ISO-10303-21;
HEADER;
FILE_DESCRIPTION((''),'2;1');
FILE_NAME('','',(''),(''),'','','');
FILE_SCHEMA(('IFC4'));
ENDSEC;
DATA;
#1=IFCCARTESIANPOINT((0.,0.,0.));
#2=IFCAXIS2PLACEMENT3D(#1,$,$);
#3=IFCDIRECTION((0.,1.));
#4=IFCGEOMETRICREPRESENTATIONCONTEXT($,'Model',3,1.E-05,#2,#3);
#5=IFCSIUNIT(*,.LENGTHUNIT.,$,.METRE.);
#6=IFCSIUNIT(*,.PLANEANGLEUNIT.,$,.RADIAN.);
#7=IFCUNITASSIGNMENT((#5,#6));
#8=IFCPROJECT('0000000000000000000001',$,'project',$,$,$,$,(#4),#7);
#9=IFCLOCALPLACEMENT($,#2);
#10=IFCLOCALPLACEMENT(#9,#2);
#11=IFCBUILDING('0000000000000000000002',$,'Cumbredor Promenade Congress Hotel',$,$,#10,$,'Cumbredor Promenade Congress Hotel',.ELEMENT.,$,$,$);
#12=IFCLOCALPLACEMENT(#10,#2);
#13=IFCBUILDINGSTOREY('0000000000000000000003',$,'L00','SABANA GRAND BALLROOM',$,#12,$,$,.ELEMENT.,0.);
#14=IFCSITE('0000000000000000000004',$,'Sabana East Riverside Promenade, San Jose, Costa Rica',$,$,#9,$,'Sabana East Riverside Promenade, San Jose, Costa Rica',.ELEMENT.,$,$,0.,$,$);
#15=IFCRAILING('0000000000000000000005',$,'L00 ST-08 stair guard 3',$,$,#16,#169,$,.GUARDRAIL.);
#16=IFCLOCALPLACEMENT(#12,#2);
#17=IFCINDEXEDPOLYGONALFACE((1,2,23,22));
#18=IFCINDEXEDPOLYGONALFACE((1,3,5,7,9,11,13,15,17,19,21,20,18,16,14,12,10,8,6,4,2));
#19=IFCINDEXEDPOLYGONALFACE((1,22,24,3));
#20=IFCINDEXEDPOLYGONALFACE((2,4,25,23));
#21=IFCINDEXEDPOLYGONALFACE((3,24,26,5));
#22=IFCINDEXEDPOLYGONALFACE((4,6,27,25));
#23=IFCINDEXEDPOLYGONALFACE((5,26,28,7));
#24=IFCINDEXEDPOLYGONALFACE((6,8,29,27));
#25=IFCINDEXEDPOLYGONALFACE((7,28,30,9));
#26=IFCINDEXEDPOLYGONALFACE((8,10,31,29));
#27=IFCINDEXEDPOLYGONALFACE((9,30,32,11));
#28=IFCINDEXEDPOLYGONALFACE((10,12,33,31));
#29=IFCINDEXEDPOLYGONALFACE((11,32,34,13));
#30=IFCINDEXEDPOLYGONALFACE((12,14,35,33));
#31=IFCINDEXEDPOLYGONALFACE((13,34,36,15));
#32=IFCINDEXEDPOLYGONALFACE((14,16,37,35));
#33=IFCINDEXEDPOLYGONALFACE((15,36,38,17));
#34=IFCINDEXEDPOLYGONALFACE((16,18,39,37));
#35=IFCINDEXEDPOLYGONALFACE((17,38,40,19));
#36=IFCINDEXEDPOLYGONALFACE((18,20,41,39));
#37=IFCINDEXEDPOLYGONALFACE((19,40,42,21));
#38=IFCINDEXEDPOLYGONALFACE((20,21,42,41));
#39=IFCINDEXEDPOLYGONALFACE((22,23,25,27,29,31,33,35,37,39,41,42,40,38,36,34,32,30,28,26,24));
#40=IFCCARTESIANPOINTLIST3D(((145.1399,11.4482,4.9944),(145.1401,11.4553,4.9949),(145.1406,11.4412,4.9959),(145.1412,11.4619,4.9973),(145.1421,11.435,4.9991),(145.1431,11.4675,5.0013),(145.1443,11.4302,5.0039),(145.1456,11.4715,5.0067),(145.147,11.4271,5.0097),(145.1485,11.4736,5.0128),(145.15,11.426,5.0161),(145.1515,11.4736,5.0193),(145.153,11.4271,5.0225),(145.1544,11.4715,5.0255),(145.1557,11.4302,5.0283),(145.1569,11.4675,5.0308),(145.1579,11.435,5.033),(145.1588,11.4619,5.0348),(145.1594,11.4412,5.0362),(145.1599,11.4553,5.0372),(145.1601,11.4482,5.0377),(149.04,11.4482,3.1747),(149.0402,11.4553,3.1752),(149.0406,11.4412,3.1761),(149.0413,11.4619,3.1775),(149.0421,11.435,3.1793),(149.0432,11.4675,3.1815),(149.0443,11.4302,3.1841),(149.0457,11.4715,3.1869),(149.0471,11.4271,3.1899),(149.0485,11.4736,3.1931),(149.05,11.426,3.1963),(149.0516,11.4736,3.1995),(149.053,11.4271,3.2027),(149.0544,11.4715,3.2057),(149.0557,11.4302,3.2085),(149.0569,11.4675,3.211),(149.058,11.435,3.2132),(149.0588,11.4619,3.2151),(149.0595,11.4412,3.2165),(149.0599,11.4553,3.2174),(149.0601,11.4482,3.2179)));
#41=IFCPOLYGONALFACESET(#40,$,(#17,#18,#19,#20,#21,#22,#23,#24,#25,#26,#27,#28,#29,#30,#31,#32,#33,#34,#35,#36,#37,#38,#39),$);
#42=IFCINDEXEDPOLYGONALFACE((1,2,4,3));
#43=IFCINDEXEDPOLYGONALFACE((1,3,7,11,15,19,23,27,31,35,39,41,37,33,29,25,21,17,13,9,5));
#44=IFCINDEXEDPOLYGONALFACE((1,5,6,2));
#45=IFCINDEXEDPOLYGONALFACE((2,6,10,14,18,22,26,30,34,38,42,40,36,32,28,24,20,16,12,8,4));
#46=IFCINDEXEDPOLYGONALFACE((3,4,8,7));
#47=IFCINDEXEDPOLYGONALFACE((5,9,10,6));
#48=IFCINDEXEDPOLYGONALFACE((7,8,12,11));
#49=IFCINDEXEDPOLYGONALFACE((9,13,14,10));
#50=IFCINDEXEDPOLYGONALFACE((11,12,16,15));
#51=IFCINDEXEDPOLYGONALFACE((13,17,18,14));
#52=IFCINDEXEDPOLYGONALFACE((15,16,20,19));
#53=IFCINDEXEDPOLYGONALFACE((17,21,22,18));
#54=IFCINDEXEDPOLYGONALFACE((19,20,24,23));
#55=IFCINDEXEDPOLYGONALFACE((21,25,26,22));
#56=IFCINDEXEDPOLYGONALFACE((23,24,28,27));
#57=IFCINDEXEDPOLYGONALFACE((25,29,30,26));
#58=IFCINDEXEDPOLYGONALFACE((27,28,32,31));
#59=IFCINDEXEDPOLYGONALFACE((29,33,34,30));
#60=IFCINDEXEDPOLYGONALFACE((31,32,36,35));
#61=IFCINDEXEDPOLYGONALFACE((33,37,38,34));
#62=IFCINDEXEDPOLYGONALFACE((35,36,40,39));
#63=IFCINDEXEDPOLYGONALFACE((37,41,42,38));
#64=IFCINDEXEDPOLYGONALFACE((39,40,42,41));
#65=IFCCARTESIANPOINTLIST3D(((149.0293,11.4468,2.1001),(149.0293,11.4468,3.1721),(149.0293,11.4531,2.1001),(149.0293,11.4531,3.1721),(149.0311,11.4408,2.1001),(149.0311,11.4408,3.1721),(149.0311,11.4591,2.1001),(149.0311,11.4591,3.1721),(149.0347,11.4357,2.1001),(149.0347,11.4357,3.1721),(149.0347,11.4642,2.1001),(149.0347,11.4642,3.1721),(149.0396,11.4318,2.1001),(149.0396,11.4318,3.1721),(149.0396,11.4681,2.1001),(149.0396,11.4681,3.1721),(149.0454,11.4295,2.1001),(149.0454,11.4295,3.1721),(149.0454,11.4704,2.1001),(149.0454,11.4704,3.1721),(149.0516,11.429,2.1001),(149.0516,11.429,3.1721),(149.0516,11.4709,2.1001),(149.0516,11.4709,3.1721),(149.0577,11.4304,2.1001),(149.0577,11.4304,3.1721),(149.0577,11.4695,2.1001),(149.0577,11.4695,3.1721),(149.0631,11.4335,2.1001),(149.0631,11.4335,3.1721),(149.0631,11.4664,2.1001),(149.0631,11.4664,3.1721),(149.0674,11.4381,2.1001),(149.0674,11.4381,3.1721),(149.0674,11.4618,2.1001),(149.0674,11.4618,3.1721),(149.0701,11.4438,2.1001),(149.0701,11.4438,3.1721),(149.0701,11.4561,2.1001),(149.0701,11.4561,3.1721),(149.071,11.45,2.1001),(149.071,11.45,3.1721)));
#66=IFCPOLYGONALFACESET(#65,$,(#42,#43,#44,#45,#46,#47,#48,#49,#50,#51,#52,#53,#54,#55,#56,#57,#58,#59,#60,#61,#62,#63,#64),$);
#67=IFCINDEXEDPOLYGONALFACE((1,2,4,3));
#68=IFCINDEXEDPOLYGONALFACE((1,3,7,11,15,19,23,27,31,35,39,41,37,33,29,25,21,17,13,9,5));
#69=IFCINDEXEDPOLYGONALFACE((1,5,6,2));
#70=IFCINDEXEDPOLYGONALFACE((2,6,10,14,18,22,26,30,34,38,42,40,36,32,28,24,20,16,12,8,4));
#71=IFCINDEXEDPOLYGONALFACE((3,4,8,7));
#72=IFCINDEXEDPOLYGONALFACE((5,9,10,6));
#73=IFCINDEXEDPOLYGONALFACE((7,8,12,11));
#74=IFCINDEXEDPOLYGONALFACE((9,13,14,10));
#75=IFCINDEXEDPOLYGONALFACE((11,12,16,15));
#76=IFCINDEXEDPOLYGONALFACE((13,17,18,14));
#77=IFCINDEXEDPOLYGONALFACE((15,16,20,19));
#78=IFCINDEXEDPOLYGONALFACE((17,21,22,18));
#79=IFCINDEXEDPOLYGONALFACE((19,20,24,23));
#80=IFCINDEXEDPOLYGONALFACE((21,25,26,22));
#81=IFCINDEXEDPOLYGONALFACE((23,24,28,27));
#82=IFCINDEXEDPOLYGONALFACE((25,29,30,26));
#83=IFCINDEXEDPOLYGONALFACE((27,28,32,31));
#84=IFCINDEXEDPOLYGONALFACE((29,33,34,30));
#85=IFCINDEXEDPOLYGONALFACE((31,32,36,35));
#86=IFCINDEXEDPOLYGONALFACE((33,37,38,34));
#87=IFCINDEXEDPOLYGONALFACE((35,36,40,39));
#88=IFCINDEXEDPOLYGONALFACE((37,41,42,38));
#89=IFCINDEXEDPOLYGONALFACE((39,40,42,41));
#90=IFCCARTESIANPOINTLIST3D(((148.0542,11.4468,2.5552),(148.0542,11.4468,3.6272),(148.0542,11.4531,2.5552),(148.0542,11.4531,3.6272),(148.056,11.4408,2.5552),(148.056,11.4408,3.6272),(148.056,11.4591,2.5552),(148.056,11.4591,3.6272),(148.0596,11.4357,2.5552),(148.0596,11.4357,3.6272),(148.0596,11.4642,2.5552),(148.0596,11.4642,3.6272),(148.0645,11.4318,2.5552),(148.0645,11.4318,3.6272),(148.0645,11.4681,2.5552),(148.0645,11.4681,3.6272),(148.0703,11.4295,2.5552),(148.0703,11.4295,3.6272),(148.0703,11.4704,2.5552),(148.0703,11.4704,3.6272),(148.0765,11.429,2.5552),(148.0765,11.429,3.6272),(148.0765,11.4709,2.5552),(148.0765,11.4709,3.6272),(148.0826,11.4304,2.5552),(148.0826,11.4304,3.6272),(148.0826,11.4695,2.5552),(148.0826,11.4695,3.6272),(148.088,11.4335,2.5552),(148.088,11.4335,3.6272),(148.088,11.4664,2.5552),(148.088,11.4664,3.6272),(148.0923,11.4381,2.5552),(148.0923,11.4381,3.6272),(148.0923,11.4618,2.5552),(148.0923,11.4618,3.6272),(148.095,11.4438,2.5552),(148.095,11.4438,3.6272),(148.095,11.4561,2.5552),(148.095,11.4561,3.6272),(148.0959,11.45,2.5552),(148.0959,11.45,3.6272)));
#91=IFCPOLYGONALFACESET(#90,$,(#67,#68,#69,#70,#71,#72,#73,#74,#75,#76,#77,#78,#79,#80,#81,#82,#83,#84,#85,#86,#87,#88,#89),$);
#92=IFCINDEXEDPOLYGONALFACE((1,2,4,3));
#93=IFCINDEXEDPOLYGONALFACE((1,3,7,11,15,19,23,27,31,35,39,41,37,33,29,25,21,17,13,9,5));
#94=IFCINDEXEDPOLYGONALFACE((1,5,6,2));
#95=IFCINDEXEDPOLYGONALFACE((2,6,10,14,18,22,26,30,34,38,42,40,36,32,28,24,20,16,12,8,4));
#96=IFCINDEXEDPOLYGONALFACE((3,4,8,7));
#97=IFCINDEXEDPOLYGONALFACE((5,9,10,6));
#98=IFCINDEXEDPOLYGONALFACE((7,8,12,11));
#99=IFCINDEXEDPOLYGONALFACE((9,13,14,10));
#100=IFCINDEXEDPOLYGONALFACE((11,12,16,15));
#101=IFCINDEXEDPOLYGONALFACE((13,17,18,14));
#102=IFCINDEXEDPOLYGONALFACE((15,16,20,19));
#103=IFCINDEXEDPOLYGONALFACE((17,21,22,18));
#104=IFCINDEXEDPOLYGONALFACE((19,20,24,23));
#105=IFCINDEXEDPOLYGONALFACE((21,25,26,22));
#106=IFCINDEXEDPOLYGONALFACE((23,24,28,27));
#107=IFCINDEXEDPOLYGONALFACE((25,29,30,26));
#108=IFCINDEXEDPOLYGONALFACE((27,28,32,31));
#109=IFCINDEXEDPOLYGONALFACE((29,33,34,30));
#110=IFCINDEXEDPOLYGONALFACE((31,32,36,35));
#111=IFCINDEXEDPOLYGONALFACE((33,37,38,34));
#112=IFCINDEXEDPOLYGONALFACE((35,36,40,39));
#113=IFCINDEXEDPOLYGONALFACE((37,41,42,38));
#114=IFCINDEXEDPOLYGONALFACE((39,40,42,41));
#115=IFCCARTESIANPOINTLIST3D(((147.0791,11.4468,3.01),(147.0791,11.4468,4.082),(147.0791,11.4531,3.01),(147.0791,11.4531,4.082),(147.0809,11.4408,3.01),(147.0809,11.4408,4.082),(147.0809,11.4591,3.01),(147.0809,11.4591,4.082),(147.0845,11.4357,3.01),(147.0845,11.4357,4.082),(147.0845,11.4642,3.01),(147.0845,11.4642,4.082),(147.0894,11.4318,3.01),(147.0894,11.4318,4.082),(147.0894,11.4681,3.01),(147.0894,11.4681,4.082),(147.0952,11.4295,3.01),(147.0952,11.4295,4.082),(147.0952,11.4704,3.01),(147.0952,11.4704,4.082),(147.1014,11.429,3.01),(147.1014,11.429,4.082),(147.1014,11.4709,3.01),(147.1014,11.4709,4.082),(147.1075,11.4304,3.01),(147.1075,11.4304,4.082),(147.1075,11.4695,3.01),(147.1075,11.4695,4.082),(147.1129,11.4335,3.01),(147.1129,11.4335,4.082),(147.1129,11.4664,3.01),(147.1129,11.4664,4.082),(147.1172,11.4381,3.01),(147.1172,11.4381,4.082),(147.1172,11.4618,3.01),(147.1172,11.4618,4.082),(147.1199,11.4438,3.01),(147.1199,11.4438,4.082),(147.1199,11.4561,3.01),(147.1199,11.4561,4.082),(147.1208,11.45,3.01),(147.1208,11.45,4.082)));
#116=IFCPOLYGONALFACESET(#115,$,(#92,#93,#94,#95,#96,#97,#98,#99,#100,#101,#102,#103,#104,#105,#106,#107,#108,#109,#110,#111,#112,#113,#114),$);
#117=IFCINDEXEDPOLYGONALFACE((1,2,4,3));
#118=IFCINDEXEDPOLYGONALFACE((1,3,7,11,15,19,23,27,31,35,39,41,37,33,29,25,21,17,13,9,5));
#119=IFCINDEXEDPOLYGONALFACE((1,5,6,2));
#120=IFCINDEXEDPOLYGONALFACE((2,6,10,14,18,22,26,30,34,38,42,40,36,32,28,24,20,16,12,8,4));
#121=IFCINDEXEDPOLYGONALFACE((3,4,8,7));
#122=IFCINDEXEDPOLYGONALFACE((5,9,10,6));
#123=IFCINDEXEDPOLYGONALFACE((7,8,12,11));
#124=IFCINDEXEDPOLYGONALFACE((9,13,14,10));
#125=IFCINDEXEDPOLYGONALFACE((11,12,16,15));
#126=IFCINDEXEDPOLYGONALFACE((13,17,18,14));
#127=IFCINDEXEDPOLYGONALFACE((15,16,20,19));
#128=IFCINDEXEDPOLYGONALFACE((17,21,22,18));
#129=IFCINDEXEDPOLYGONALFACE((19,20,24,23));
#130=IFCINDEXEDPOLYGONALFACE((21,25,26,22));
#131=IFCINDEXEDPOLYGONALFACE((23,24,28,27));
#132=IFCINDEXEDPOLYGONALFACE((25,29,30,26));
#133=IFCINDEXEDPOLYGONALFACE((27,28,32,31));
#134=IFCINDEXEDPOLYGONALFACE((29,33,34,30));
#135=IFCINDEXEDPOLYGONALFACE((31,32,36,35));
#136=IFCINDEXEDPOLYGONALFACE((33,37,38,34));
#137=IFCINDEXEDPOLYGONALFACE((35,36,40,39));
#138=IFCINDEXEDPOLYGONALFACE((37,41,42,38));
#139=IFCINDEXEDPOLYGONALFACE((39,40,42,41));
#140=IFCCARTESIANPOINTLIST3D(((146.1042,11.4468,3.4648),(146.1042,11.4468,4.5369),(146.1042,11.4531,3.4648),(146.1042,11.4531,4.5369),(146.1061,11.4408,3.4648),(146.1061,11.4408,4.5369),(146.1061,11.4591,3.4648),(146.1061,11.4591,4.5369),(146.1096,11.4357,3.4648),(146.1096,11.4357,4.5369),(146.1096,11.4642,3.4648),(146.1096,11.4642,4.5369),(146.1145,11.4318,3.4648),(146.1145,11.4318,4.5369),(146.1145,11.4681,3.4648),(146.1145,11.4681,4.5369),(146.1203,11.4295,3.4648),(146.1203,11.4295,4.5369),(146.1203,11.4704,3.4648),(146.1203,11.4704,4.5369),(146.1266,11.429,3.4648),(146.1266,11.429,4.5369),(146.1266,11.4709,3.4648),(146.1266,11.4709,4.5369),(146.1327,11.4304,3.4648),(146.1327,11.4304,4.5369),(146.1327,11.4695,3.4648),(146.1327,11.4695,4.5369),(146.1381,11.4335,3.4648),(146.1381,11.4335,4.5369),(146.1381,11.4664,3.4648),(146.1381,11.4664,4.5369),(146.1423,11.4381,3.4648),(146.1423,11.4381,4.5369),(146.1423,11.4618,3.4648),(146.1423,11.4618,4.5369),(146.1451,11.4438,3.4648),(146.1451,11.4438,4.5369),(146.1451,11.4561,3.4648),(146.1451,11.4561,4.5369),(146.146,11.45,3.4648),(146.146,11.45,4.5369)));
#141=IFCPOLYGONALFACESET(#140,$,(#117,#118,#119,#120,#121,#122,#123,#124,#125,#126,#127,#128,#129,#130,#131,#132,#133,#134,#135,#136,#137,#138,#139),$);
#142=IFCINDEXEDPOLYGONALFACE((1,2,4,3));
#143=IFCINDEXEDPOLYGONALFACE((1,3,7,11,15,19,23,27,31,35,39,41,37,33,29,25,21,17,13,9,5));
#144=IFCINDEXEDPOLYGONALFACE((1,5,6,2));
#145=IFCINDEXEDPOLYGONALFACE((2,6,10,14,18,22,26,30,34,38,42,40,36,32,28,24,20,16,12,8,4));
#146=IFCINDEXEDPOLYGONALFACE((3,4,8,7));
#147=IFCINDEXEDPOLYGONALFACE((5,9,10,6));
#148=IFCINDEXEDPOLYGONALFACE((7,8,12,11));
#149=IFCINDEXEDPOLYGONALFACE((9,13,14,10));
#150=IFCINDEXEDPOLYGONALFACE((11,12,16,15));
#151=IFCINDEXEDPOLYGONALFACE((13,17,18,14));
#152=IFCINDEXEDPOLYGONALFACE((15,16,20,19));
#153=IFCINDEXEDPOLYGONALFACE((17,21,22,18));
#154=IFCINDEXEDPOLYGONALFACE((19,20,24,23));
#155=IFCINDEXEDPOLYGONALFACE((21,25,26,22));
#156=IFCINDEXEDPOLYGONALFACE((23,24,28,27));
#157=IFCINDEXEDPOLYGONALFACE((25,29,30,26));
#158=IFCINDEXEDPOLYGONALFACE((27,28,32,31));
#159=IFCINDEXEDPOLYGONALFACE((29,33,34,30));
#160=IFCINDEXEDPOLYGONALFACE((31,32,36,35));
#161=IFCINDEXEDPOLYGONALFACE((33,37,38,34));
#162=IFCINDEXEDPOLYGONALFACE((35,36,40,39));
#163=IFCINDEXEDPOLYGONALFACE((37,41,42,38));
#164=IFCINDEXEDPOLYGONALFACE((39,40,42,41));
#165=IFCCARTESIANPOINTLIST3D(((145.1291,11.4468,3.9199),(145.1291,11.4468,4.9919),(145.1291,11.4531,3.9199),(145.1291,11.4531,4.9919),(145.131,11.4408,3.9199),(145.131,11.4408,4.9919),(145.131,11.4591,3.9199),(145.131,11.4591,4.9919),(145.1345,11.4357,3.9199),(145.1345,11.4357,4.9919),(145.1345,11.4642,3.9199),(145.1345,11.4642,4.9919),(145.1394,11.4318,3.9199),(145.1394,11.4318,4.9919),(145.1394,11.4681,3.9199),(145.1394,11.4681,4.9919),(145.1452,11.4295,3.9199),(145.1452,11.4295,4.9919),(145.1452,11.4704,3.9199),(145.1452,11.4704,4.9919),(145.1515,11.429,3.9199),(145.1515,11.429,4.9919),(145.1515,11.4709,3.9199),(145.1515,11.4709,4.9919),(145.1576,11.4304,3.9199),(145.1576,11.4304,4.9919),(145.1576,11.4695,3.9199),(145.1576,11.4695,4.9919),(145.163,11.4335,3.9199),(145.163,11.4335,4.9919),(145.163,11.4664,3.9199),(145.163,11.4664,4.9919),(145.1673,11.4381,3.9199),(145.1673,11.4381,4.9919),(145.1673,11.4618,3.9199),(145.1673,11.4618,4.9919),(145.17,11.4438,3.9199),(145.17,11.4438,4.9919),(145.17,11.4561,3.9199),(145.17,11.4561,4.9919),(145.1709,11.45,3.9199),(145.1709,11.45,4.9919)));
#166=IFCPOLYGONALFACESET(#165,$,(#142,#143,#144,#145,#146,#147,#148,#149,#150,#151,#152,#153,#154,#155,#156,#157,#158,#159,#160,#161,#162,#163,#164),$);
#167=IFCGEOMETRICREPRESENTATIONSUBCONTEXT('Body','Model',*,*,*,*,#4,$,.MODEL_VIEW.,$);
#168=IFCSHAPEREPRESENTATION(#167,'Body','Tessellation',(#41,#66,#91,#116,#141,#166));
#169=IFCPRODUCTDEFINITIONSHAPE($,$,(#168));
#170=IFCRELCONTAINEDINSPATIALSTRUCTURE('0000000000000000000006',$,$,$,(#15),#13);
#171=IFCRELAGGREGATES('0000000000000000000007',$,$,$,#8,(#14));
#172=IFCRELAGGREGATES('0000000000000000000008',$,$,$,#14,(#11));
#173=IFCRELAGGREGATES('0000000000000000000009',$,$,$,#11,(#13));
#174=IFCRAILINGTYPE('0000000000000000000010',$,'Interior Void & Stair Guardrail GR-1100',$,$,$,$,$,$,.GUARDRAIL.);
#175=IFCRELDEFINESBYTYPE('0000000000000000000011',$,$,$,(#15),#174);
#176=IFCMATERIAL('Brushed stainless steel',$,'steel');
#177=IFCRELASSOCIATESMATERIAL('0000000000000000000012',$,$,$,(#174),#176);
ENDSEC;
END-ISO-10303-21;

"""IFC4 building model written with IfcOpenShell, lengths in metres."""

from ifc_helpers import new_model, si_unit, direction, frame, origin, origin_2d, place, context, subcontext, project, spatial, circle, extrude, material, type_object, element, save


model = new_model("IFC4")

# Units and contexts
model_context = context("Model", 3, precision=1e-05, world=origin(), true_north=direction((0.0, 1.0)))
body_context = subcontext(model_context, "Body", "Model", "MODEL_VIEW")
ifc_project = project(units=[si_unit("LENGTHUNIT", "METRE"), si_unit("PLANEANGLEUNIT", "RADIAN")], contexts=[model_context])

# Site, building, storey
site_placement = place(None, origin())
site = spatial("IfcSite", under=ifc_project, at=site_placement, Name="Sabana East Riverside Promenade, San Jose, Costa Rica", LongName="Sabana East Riverside Promenade, San Jose, Costa Rica", CompositionType="ELEMENT", RefElevation=0.0)
building_placement = place(site_placement, origin())
building = spatial("IfcBuilding", under=site, at=building_placement, Name="Cumbredor Promenade Congress Hotel", LongName="Cumbredor Promenade Congress Hotel", CompositionType="ELEMENT")
storey_placement = place(building_placement, origin())
storey = spatial("IfcBuildingStorey", under=building, at=storey_placement, Name="L00", Description="SABANA GRAND BALLROOM", CompositionType="ELEMENT", Elevation=0.0)

# Railing
ifc_material_1 = material(Name="Brushed stainless steel", Category="steel")
railing_type_1 = type_object("IfcRailingType", Name="Interior Void & Stair Guardrail GR-1100", PredefinedType="GUARDRAIL", material=ifc_material_1)
railing_1_placement = place(storey_placement, frame((149.05, 11.45, 2.1001)))
element("IfcRailing", 1, at=railing_1_placement, inside=storey, type_object=railing_type_1, Name="L00 ST-08 stair guard 3", PredefinedType="GUARDRAIL", context=body_context, shape_type="SweptSolid", body=[
    extrude(circle(Radius=0.0239, at=origin_2d()), frame((0.0, 0.0, 1.0962), z_axis=(-0.906205, 0.0, 0.422839), x_axis=(0.0, -1.0, 0.0)), (0.0, 0.0, 1.0), 4.3037),
    extrude(circle(Radius=0.021, at=origin_2d()), origin(), (0.0, 0.0, 1.0), 1.072),
    extrude(circle(Radius=0.021, at=origin_2d()), frame((-0.9751, 0.0, 0.4551)), (0.0, 0.0, 1.0), 1.072),
    extrude(circle(Radius=0.021, at=origin_2d()), frame((-1.9502, 0.0, 0.9099)), (0.0, 0.0, 1.0), 1.072),
    extrude(circle(Radius=0.021, at=origin_2d()), frame((-2.925, 0.0, 1.3647)), (0.0, 0.0, 1.0), 1.072),
    extrude(circle(Radius=0.021, at=origin_2d()), frame((-3.9001, 0.0, 1.8198)), (0.0, 0.0, 1.0), 1.072),
])

save(model, "model.ifc")
